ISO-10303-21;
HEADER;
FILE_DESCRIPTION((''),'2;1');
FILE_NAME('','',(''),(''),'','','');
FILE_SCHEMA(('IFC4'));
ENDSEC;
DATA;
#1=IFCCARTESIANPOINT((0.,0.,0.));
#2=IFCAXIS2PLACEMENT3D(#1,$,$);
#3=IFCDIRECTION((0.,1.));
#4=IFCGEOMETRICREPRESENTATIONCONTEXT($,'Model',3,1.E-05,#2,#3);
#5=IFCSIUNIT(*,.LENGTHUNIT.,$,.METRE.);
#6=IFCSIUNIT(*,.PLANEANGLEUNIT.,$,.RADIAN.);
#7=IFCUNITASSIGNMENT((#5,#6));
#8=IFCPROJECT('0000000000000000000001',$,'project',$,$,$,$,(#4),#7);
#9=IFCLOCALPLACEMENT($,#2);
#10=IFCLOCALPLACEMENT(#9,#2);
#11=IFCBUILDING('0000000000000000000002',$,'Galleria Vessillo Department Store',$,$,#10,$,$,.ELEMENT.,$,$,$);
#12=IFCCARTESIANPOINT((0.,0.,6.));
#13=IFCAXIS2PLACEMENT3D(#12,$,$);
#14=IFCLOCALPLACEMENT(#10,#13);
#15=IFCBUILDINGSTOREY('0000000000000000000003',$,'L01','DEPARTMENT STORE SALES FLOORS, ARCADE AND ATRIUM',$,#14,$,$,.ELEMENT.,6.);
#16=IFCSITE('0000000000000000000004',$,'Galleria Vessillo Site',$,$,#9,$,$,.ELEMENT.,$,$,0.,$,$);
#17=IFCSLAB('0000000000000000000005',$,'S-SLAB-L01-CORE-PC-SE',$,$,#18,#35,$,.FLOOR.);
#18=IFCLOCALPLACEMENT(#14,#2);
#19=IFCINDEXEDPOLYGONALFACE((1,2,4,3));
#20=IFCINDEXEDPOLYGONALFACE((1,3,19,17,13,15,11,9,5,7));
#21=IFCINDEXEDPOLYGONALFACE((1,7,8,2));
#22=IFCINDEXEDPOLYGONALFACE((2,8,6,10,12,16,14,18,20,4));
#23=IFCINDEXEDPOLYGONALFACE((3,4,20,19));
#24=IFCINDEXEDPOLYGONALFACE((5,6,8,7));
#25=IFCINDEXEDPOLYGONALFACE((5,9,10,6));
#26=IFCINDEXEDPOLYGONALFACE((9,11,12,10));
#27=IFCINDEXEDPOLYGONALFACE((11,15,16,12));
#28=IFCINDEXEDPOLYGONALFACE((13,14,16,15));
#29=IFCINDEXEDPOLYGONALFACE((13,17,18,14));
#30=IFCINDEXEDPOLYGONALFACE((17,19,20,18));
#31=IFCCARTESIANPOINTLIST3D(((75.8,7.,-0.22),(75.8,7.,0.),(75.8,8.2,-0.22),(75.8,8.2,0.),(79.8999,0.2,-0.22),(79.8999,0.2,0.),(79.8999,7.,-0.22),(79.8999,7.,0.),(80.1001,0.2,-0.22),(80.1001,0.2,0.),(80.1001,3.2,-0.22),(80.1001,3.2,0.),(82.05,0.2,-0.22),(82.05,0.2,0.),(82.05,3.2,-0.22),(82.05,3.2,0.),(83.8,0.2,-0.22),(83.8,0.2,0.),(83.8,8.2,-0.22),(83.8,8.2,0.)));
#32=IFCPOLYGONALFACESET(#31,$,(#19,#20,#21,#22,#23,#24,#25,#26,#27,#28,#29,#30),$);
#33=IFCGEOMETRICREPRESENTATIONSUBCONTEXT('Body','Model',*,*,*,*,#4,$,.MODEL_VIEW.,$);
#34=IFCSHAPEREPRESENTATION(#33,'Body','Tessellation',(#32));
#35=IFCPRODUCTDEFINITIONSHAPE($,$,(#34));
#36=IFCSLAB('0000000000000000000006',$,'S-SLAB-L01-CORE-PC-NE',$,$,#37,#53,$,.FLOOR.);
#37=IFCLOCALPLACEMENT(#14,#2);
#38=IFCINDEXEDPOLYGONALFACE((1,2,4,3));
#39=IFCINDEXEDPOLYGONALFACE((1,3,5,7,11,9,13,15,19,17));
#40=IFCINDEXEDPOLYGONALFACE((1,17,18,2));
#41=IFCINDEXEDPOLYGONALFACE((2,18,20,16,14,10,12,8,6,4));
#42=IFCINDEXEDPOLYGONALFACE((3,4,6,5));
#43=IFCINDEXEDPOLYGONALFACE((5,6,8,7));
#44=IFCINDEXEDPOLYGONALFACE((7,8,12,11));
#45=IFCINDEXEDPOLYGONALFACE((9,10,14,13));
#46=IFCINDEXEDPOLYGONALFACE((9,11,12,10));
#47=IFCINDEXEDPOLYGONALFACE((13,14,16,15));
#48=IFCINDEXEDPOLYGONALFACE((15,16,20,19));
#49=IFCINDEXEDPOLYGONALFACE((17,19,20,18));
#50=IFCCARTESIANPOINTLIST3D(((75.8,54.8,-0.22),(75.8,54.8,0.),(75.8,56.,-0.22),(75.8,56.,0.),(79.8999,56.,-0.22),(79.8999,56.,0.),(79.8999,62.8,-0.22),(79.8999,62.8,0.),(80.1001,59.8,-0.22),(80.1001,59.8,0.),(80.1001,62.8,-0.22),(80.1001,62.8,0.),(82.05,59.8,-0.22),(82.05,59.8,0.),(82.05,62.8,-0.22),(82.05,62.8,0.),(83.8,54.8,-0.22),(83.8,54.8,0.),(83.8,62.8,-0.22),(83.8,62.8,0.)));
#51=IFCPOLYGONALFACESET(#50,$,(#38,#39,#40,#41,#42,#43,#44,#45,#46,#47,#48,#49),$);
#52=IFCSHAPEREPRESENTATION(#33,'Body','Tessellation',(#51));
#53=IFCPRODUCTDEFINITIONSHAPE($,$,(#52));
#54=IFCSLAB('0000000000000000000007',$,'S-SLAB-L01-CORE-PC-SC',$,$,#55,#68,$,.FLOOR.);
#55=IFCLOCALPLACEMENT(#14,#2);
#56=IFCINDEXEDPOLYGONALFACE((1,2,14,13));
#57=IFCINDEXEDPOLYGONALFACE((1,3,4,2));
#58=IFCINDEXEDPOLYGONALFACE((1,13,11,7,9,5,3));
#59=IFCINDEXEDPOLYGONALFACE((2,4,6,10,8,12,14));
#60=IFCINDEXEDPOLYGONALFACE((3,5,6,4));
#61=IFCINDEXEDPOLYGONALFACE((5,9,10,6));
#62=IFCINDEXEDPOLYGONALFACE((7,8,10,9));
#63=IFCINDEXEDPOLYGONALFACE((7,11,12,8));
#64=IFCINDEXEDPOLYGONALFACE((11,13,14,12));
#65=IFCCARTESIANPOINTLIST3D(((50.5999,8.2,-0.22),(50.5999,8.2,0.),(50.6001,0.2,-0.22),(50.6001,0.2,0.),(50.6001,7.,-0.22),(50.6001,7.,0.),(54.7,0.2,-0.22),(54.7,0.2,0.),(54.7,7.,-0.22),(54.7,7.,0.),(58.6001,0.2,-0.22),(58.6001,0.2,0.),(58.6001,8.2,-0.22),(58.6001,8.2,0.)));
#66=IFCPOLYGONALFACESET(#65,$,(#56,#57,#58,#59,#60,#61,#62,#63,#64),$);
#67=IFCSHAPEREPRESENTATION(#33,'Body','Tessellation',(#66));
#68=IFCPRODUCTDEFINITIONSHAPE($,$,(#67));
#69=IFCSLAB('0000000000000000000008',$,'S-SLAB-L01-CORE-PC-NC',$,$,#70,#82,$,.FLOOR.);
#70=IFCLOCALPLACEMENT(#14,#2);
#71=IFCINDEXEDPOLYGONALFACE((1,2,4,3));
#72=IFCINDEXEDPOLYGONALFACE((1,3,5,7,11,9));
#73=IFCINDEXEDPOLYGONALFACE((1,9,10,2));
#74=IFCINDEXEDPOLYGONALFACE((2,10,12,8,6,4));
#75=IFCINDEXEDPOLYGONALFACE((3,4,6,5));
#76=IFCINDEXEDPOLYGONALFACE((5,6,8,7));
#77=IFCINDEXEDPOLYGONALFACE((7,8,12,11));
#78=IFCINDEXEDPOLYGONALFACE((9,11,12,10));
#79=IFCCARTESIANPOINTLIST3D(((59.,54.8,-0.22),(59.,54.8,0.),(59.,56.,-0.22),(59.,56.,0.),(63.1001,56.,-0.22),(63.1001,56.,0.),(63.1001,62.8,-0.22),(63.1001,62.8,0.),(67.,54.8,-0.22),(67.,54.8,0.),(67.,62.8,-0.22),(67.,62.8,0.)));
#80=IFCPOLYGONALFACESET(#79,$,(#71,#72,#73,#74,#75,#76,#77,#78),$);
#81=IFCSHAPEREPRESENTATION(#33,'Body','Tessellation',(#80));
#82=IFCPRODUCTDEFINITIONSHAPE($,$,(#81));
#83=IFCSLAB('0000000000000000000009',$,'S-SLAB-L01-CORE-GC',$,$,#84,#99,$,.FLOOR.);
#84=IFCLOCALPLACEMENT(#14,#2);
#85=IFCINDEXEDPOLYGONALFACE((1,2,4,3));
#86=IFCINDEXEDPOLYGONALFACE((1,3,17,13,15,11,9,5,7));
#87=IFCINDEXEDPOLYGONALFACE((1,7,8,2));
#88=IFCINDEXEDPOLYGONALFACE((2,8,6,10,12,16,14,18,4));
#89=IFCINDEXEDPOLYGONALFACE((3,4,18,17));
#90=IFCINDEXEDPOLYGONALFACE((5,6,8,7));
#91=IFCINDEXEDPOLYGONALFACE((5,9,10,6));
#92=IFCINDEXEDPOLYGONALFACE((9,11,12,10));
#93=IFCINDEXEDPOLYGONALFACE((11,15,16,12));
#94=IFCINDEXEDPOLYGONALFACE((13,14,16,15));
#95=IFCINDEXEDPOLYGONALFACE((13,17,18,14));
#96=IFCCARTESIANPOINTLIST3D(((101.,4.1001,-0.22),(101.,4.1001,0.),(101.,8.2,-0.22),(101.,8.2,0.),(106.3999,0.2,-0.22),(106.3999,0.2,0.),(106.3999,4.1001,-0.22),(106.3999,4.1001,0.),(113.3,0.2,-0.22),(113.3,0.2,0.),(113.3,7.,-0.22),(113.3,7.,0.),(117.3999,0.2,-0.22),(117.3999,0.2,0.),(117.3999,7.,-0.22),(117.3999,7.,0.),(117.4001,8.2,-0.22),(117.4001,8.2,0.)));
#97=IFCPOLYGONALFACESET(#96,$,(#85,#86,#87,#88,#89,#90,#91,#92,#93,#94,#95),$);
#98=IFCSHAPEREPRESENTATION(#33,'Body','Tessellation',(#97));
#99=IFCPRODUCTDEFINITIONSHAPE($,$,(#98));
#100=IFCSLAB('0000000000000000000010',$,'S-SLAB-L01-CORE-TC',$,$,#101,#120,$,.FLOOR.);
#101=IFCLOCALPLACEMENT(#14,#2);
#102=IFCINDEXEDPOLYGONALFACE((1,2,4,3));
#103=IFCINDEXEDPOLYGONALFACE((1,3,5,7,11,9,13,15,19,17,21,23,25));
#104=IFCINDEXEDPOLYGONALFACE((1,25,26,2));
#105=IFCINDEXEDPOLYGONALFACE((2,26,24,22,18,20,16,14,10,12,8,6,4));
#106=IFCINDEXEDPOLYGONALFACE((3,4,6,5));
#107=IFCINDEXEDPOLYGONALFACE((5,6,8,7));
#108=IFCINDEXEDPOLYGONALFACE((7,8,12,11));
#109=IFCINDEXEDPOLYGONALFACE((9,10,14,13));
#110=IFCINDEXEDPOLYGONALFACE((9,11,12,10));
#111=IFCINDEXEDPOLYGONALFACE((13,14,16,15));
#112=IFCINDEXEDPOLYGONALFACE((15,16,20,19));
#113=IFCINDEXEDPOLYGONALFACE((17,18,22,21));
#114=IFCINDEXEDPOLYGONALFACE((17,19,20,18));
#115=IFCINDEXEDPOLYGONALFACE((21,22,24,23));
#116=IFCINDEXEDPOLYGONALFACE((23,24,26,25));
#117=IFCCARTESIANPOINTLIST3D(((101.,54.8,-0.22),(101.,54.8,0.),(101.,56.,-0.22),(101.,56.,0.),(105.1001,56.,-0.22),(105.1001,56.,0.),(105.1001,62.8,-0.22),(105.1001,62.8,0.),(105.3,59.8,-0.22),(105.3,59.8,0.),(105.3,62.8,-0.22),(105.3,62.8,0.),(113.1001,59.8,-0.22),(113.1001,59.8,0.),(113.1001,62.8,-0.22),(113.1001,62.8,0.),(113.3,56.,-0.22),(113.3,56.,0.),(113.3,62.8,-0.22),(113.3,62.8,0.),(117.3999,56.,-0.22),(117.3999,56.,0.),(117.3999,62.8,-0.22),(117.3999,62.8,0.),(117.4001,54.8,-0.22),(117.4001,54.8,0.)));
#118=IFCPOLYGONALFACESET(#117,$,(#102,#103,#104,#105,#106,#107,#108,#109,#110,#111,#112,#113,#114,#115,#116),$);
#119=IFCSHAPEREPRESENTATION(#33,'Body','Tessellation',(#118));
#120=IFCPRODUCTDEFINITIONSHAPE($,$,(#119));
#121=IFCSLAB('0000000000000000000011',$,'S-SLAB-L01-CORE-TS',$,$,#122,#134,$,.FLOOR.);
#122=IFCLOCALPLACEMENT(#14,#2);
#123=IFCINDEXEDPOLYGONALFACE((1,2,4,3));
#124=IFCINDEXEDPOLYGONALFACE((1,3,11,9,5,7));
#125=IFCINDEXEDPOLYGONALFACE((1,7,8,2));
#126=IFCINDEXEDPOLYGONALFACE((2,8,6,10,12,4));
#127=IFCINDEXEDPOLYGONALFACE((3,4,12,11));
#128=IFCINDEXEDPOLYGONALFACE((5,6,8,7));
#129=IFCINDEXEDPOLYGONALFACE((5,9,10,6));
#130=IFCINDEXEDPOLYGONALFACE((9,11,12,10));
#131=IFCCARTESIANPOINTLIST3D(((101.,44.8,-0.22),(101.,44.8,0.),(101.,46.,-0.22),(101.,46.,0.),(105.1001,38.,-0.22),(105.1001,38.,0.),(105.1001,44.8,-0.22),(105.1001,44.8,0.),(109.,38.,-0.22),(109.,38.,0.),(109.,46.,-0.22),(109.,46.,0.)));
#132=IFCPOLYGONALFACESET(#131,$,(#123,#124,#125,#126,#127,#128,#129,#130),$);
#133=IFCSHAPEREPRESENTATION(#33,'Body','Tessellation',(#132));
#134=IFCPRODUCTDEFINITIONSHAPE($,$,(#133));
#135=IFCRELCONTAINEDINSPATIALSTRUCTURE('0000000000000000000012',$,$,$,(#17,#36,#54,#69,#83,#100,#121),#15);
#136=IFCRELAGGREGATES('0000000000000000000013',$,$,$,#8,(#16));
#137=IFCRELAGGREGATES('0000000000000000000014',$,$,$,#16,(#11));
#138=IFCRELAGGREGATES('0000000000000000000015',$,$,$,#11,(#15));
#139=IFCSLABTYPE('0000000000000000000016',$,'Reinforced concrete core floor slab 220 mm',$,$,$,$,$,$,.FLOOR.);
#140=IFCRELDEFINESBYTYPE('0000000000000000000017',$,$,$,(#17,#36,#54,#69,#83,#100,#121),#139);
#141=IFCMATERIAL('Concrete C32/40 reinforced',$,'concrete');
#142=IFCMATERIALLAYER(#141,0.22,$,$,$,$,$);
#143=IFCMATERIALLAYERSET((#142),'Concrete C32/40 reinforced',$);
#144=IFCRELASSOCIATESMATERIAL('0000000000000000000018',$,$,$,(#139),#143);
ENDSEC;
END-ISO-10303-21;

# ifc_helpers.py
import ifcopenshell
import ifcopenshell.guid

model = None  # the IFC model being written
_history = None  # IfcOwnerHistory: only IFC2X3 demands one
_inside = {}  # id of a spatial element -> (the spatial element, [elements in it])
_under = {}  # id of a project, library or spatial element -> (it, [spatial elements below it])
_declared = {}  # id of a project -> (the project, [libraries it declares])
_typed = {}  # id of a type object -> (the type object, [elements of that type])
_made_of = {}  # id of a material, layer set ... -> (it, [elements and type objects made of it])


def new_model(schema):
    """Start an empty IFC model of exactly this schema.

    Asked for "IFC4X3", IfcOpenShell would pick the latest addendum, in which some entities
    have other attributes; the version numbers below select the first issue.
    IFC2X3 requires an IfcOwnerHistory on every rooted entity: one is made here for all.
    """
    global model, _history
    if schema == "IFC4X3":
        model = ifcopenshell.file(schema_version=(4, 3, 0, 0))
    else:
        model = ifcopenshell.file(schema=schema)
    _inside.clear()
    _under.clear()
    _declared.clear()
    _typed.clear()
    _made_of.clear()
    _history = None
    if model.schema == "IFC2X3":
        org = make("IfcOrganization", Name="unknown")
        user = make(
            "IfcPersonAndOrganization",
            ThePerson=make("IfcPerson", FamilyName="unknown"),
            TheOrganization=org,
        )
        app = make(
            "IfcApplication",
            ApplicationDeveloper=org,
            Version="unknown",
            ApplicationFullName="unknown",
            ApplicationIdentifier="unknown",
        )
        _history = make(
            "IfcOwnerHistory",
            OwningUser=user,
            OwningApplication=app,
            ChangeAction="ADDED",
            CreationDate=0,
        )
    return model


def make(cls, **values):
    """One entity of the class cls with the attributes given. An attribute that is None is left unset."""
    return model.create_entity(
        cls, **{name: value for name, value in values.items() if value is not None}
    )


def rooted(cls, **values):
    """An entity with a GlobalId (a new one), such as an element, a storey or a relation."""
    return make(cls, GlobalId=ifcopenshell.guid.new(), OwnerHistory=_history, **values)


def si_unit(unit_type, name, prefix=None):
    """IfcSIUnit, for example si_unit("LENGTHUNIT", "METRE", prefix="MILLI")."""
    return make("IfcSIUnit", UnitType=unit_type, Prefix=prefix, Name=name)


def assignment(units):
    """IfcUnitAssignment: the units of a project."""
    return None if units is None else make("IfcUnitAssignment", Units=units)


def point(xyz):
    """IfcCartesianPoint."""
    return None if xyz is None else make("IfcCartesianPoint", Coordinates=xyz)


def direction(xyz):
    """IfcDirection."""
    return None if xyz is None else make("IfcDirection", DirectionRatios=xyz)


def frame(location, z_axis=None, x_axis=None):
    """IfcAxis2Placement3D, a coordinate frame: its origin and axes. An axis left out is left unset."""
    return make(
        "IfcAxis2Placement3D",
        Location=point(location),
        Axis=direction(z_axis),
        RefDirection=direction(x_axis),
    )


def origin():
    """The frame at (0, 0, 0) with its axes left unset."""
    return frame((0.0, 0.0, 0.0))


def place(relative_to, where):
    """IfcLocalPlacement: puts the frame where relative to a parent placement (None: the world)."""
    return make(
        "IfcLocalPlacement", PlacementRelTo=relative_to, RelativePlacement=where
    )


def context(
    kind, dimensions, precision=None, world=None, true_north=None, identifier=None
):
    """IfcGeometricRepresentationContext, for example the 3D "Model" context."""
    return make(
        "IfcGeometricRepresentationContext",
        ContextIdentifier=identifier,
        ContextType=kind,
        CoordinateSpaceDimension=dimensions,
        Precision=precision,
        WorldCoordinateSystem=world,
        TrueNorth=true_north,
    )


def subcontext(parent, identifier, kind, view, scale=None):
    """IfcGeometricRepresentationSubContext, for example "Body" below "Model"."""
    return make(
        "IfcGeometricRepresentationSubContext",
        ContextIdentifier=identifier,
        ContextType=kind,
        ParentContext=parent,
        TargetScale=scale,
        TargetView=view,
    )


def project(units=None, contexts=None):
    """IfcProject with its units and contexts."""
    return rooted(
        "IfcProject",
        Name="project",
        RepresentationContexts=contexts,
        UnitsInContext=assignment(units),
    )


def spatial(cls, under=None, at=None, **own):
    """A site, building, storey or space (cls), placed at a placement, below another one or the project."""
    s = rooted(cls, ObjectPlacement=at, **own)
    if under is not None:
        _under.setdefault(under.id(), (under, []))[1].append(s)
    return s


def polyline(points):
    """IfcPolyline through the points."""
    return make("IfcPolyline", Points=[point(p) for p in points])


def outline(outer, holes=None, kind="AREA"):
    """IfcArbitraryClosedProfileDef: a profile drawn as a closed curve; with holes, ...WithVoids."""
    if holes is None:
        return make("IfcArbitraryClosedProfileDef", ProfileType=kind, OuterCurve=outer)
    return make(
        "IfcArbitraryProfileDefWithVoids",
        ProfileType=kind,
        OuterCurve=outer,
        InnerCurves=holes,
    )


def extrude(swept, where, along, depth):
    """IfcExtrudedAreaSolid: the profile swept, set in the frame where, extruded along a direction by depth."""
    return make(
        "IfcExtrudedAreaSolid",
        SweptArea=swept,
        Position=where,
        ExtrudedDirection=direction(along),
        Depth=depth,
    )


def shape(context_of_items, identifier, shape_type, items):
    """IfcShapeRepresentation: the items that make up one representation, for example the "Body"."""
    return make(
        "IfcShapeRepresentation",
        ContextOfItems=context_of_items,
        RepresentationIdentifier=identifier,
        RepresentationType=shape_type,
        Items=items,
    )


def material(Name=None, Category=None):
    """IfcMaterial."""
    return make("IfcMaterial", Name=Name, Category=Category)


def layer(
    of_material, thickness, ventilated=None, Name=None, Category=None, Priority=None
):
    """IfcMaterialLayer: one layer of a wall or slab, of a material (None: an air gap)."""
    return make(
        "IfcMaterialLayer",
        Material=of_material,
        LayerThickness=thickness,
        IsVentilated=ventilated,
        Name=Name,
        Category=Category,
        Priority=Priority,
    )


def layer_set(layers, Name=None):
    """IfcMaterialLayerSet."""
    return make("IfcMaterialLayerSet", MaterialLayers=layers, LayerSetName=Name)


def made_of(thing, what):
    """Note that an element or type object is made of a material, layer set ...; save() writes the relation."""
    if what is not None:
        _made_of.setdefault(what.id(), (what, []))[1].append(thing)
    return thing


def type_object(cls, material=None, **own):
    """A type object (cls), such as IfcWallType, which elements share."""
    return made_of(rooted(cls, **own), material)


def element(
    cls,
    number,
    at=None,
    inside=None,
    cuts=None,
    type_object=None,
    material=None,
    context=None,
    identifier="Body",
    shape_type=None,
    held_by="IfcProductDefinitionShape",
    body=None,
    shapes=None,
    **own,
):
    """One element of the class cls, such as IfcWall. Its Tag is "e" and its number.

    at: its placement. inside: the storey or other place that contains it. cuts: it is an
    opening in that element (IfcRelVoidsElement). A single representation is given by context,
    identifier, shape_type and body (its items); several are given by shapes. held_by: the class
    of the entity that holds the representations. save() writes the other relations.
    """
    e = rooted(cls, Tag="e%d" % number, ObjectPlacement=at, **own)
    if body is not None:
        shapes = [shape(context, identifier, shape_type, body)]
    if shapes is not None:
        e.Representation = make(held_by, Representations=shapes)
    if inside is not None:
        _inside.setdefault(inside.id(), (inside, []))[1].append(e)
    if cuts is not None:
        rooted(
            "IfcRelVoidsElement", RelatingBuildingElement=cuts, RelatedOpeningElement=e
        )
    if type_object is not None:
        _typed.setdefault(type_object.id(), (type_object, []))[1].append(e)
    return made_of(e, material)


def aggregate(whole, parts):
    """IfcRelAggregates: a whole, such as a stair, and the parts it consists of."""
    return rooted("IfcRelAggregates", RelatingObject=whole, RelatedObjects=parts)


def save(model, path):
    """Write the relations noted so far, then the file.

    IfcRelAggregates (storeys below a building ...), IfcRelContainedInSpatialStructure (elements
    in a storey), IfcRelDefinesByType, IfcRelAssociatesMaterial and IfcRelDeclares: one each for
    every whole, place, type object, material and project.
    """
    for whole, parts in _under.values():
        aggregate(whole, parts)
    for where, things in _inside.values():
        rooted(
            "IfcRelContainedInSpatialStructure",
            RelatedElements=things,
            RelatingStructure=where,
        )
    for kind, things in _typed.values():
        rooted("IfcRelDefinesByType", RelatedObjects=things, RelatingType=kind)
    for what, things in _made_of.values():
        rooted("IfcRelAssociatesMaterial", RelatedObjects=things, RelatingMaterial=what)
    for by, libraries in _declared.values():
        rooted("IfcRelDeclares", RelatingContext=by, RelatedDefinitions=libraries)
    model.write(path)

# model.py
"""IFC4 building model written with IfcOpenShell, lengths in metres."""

from ifc_helpers import new_model, si_unit, direction, frame, origin, place, context, subcontext, project, spatial, polyline, outline, extrude, material, layer, layer_set, type_object, element, save


model = new_model("IFC4")

# Units and contexts
model_context = context("Model", 3, precision=1e-05, world=origin(), true_north=direction((0.0, 1.0)))
body_context = subcontext(model_context, "Body", "Model", "MODEL_VIEW")
ifc_project = project(units=[si_unit("LENGTHUNIT", "METRE"), si_unit("PLANEANGLEUNIT", "RADIAN")], contexts=[model_context])

# Site, building, storey
site_placement = place(None, origin())
site = spatial("IfcSite", under=ifc_project, at=site_placement, Name="Galleria Vessillo Site", CompositionType="ELEMENT", RefElevation=0.0)
building_placement = place(site_placement, origin())
building = spatial("IfcBuilding", under=site, at=building_placement, Name="Galleria Vessillo Department Store", CompositionType="ELEMENT")
storey_placement = place(building_placement, frame((0.0, 0.0, 6.0)))
storey = spatial("IfcBuildingStorey", under=building, at=storey_placement, Name="L01", Description="DEPARTMENT STORE SALES FLOORS, ARCADE AND ATRIUM", CompositionType="ELEMENT", Elevation=6.0)

# Slabs
ifc_material_1 = material(Name="Concrete C32/40 reinforced", Category="concrete")
ifc_layer_1 = layer(ifc_material_1, 0.22)
ifc_layer_set_1 = layer_set([ifc_layer_1], Name="Concrete C32/40 reinforced")
slab_type_1 = type_object("IfcSlabType", Name="Reinforced concrete core floor slab 220 mm", PredefinedType="FLOOR", material=ifc_layer_set_1)
slab_1_placement = place(storey_placement, frame((0.0, 0.0, -0.22)))
element("IfcSlab", 1, at=slab_1_placement, inside=storey, type_object=slab_type_1, Name="S-SLAB-L01-CORE-PC-SE", PredefinedType="FLOOR", context=body_context, shape_type="SweptSolid", body=[
    extrude(outline(polyline([(75.8, 8.2), (83.8, 8.2), (83.8, 0.2), (82.05, 0.2), (82.05, 3.2), (80.1001, 3.2), (80.1001, 0.2), (79.8999, 0.2), (79.8999, 7.0), (75.8, 7.0), (75.8, 8.2)])), origin(), (0.0, 0.0, 1.0), 0.22),
])
slab_2_placement = place(storey_placement, frame((0.0, 0.0, -0.22)))
element("IfcSlab", 2, at=slab_2_placement, inside=storey, type_object=slab_type_1, Name="S-SLAB-L01-CORE-PC-NE", PredefinedType="FLOOR", context=body_context, shape_type="SweptSolid", body=[
    extrude(outline(polyline([(83.8, 62.8), (83.8, 54.8), (75.8, 54.8), (75.8, 56.0), (79.8999, 56.0), (79.8999, 62.8), (80.1001, 62.8), (80.1001, 59.8), (82.05, 59.8), (82.05, 62.8), (83.8, 62.8)])), origin(), (0.0, 0.0, 1.0), 0.22),
])
slab_3_placement = place(storey_placement, frame((0.0, 0.0, -0.22)))
element("IfcSlab", 3, at=slab_3_placement, inside=storey, type_object=slab_type_1, Name="S-SLAB-L01-CORE-PC-SC", PredefinedType="FLOOR", context=body_context, shape_type="SweptSolid", body=[
    extrude(outline(polyline([(50.5999, 8.2), (58.6001, 8.2), (58.6001, 0.2), (54.7, 0.2), (54.7, 7.0), (50.6001, 7.0), (50.6001, 0.2), (50.5999, 8.2)])), origin(), (0.0, 0.0, 1.0), 0.22),
])
slab_4_placement = place(storey_placement, frame((0.0, 0.0, -0.22)))
element("IfcSlab", 4, at=slab_4_placement, inside=storey, type_object=slab_type_1, Name="S-SLAB-L01-CORE-PC-NC", PredefinedType="FLOOR", context=body_context, shape_type="SweptSolid", body=[
    extrude(outline(polyline([(67.0, 62.8), (67.0, 54.8), (59.0, 54.8), (59.0, 56.0), (63.1001, 56.0), (63.1001, 62.8), (67.0, 62.8)])), origin(), (0.0, 0.0, 1.0), 0.22),
])
slab_5_placement = place(storey_placement, frame((0.0, 0.0, -0.22)))
element("IfcSlab", 5, at=slab_5_placement, inside=storey, type_object=slab_type_1, Name="S-SLAB-L01-CORE-GC", PredefinedType="FLOOR", context=body_context, shape_type="SweptSolid", body=[
    extrude(outline(polyline([(101.0, 8.2), (117.4001, 8.2), (117.3999, 0.2), (117.3999, 7.0), (113.3, 7.0), (113.3, 0.2), (106.3999, 0.2), (106.3999, 4.1001), (101.0, 4.1001), (101.0, 8.2)])), origin(), (0.0, 0.0, 1.0), 0.22),
])
slab_6_placement = place(storey_placement, frame((0.0, 0.0, -0.22)))
element("IfcSlab", 6, at=slab_6_placement, inside=storey, type_object=slab_type_1, Name="S-SLAB-L01-CORE-TC", PredefinedType="FLOOR", context=body_context, shape_type="SweptSolid", body=[
    extrude(outline(polyline([(117.4001, 54.8), (101.0, 54.8), (101.0, 56.0), (105.1001, 56.0), (105.1001, 62.8), (105.3, 62.8), (105.3, 59.8), (113.1001, 59.8), (113.1001, 62.8), (113.3, 62.8), (113.3, 56.0), (117.3999, 56.0), (117.3999, 62.8), (117.4001, 54.8)])), origin(), (0.0, 0.0, 1.0), 0.22),
])
slab_7_placement = place(storey_placement, frame((0.0, 0.0, -0.22)))
element("IfcSlab", 7, at=slab_7_placement, inside=storey, type_object=slab_type_1, Name="S-SLAB-L01-CORE-TS", PredefinedType="FLOOR", context=body_context, shape_type="SweptSolid", body=[
    extrude(outline(polyline([(101.0, 46.0), (109.0, 46.0), (109.0, 38.0), (105.1001, 38.0), (105.1001, 44.8), (101.0, 44.8), (101.0, 46.0)])), origin(), (0.0, 0.0, 1.0), 0.22),
])

save(model, "model.ifc")
